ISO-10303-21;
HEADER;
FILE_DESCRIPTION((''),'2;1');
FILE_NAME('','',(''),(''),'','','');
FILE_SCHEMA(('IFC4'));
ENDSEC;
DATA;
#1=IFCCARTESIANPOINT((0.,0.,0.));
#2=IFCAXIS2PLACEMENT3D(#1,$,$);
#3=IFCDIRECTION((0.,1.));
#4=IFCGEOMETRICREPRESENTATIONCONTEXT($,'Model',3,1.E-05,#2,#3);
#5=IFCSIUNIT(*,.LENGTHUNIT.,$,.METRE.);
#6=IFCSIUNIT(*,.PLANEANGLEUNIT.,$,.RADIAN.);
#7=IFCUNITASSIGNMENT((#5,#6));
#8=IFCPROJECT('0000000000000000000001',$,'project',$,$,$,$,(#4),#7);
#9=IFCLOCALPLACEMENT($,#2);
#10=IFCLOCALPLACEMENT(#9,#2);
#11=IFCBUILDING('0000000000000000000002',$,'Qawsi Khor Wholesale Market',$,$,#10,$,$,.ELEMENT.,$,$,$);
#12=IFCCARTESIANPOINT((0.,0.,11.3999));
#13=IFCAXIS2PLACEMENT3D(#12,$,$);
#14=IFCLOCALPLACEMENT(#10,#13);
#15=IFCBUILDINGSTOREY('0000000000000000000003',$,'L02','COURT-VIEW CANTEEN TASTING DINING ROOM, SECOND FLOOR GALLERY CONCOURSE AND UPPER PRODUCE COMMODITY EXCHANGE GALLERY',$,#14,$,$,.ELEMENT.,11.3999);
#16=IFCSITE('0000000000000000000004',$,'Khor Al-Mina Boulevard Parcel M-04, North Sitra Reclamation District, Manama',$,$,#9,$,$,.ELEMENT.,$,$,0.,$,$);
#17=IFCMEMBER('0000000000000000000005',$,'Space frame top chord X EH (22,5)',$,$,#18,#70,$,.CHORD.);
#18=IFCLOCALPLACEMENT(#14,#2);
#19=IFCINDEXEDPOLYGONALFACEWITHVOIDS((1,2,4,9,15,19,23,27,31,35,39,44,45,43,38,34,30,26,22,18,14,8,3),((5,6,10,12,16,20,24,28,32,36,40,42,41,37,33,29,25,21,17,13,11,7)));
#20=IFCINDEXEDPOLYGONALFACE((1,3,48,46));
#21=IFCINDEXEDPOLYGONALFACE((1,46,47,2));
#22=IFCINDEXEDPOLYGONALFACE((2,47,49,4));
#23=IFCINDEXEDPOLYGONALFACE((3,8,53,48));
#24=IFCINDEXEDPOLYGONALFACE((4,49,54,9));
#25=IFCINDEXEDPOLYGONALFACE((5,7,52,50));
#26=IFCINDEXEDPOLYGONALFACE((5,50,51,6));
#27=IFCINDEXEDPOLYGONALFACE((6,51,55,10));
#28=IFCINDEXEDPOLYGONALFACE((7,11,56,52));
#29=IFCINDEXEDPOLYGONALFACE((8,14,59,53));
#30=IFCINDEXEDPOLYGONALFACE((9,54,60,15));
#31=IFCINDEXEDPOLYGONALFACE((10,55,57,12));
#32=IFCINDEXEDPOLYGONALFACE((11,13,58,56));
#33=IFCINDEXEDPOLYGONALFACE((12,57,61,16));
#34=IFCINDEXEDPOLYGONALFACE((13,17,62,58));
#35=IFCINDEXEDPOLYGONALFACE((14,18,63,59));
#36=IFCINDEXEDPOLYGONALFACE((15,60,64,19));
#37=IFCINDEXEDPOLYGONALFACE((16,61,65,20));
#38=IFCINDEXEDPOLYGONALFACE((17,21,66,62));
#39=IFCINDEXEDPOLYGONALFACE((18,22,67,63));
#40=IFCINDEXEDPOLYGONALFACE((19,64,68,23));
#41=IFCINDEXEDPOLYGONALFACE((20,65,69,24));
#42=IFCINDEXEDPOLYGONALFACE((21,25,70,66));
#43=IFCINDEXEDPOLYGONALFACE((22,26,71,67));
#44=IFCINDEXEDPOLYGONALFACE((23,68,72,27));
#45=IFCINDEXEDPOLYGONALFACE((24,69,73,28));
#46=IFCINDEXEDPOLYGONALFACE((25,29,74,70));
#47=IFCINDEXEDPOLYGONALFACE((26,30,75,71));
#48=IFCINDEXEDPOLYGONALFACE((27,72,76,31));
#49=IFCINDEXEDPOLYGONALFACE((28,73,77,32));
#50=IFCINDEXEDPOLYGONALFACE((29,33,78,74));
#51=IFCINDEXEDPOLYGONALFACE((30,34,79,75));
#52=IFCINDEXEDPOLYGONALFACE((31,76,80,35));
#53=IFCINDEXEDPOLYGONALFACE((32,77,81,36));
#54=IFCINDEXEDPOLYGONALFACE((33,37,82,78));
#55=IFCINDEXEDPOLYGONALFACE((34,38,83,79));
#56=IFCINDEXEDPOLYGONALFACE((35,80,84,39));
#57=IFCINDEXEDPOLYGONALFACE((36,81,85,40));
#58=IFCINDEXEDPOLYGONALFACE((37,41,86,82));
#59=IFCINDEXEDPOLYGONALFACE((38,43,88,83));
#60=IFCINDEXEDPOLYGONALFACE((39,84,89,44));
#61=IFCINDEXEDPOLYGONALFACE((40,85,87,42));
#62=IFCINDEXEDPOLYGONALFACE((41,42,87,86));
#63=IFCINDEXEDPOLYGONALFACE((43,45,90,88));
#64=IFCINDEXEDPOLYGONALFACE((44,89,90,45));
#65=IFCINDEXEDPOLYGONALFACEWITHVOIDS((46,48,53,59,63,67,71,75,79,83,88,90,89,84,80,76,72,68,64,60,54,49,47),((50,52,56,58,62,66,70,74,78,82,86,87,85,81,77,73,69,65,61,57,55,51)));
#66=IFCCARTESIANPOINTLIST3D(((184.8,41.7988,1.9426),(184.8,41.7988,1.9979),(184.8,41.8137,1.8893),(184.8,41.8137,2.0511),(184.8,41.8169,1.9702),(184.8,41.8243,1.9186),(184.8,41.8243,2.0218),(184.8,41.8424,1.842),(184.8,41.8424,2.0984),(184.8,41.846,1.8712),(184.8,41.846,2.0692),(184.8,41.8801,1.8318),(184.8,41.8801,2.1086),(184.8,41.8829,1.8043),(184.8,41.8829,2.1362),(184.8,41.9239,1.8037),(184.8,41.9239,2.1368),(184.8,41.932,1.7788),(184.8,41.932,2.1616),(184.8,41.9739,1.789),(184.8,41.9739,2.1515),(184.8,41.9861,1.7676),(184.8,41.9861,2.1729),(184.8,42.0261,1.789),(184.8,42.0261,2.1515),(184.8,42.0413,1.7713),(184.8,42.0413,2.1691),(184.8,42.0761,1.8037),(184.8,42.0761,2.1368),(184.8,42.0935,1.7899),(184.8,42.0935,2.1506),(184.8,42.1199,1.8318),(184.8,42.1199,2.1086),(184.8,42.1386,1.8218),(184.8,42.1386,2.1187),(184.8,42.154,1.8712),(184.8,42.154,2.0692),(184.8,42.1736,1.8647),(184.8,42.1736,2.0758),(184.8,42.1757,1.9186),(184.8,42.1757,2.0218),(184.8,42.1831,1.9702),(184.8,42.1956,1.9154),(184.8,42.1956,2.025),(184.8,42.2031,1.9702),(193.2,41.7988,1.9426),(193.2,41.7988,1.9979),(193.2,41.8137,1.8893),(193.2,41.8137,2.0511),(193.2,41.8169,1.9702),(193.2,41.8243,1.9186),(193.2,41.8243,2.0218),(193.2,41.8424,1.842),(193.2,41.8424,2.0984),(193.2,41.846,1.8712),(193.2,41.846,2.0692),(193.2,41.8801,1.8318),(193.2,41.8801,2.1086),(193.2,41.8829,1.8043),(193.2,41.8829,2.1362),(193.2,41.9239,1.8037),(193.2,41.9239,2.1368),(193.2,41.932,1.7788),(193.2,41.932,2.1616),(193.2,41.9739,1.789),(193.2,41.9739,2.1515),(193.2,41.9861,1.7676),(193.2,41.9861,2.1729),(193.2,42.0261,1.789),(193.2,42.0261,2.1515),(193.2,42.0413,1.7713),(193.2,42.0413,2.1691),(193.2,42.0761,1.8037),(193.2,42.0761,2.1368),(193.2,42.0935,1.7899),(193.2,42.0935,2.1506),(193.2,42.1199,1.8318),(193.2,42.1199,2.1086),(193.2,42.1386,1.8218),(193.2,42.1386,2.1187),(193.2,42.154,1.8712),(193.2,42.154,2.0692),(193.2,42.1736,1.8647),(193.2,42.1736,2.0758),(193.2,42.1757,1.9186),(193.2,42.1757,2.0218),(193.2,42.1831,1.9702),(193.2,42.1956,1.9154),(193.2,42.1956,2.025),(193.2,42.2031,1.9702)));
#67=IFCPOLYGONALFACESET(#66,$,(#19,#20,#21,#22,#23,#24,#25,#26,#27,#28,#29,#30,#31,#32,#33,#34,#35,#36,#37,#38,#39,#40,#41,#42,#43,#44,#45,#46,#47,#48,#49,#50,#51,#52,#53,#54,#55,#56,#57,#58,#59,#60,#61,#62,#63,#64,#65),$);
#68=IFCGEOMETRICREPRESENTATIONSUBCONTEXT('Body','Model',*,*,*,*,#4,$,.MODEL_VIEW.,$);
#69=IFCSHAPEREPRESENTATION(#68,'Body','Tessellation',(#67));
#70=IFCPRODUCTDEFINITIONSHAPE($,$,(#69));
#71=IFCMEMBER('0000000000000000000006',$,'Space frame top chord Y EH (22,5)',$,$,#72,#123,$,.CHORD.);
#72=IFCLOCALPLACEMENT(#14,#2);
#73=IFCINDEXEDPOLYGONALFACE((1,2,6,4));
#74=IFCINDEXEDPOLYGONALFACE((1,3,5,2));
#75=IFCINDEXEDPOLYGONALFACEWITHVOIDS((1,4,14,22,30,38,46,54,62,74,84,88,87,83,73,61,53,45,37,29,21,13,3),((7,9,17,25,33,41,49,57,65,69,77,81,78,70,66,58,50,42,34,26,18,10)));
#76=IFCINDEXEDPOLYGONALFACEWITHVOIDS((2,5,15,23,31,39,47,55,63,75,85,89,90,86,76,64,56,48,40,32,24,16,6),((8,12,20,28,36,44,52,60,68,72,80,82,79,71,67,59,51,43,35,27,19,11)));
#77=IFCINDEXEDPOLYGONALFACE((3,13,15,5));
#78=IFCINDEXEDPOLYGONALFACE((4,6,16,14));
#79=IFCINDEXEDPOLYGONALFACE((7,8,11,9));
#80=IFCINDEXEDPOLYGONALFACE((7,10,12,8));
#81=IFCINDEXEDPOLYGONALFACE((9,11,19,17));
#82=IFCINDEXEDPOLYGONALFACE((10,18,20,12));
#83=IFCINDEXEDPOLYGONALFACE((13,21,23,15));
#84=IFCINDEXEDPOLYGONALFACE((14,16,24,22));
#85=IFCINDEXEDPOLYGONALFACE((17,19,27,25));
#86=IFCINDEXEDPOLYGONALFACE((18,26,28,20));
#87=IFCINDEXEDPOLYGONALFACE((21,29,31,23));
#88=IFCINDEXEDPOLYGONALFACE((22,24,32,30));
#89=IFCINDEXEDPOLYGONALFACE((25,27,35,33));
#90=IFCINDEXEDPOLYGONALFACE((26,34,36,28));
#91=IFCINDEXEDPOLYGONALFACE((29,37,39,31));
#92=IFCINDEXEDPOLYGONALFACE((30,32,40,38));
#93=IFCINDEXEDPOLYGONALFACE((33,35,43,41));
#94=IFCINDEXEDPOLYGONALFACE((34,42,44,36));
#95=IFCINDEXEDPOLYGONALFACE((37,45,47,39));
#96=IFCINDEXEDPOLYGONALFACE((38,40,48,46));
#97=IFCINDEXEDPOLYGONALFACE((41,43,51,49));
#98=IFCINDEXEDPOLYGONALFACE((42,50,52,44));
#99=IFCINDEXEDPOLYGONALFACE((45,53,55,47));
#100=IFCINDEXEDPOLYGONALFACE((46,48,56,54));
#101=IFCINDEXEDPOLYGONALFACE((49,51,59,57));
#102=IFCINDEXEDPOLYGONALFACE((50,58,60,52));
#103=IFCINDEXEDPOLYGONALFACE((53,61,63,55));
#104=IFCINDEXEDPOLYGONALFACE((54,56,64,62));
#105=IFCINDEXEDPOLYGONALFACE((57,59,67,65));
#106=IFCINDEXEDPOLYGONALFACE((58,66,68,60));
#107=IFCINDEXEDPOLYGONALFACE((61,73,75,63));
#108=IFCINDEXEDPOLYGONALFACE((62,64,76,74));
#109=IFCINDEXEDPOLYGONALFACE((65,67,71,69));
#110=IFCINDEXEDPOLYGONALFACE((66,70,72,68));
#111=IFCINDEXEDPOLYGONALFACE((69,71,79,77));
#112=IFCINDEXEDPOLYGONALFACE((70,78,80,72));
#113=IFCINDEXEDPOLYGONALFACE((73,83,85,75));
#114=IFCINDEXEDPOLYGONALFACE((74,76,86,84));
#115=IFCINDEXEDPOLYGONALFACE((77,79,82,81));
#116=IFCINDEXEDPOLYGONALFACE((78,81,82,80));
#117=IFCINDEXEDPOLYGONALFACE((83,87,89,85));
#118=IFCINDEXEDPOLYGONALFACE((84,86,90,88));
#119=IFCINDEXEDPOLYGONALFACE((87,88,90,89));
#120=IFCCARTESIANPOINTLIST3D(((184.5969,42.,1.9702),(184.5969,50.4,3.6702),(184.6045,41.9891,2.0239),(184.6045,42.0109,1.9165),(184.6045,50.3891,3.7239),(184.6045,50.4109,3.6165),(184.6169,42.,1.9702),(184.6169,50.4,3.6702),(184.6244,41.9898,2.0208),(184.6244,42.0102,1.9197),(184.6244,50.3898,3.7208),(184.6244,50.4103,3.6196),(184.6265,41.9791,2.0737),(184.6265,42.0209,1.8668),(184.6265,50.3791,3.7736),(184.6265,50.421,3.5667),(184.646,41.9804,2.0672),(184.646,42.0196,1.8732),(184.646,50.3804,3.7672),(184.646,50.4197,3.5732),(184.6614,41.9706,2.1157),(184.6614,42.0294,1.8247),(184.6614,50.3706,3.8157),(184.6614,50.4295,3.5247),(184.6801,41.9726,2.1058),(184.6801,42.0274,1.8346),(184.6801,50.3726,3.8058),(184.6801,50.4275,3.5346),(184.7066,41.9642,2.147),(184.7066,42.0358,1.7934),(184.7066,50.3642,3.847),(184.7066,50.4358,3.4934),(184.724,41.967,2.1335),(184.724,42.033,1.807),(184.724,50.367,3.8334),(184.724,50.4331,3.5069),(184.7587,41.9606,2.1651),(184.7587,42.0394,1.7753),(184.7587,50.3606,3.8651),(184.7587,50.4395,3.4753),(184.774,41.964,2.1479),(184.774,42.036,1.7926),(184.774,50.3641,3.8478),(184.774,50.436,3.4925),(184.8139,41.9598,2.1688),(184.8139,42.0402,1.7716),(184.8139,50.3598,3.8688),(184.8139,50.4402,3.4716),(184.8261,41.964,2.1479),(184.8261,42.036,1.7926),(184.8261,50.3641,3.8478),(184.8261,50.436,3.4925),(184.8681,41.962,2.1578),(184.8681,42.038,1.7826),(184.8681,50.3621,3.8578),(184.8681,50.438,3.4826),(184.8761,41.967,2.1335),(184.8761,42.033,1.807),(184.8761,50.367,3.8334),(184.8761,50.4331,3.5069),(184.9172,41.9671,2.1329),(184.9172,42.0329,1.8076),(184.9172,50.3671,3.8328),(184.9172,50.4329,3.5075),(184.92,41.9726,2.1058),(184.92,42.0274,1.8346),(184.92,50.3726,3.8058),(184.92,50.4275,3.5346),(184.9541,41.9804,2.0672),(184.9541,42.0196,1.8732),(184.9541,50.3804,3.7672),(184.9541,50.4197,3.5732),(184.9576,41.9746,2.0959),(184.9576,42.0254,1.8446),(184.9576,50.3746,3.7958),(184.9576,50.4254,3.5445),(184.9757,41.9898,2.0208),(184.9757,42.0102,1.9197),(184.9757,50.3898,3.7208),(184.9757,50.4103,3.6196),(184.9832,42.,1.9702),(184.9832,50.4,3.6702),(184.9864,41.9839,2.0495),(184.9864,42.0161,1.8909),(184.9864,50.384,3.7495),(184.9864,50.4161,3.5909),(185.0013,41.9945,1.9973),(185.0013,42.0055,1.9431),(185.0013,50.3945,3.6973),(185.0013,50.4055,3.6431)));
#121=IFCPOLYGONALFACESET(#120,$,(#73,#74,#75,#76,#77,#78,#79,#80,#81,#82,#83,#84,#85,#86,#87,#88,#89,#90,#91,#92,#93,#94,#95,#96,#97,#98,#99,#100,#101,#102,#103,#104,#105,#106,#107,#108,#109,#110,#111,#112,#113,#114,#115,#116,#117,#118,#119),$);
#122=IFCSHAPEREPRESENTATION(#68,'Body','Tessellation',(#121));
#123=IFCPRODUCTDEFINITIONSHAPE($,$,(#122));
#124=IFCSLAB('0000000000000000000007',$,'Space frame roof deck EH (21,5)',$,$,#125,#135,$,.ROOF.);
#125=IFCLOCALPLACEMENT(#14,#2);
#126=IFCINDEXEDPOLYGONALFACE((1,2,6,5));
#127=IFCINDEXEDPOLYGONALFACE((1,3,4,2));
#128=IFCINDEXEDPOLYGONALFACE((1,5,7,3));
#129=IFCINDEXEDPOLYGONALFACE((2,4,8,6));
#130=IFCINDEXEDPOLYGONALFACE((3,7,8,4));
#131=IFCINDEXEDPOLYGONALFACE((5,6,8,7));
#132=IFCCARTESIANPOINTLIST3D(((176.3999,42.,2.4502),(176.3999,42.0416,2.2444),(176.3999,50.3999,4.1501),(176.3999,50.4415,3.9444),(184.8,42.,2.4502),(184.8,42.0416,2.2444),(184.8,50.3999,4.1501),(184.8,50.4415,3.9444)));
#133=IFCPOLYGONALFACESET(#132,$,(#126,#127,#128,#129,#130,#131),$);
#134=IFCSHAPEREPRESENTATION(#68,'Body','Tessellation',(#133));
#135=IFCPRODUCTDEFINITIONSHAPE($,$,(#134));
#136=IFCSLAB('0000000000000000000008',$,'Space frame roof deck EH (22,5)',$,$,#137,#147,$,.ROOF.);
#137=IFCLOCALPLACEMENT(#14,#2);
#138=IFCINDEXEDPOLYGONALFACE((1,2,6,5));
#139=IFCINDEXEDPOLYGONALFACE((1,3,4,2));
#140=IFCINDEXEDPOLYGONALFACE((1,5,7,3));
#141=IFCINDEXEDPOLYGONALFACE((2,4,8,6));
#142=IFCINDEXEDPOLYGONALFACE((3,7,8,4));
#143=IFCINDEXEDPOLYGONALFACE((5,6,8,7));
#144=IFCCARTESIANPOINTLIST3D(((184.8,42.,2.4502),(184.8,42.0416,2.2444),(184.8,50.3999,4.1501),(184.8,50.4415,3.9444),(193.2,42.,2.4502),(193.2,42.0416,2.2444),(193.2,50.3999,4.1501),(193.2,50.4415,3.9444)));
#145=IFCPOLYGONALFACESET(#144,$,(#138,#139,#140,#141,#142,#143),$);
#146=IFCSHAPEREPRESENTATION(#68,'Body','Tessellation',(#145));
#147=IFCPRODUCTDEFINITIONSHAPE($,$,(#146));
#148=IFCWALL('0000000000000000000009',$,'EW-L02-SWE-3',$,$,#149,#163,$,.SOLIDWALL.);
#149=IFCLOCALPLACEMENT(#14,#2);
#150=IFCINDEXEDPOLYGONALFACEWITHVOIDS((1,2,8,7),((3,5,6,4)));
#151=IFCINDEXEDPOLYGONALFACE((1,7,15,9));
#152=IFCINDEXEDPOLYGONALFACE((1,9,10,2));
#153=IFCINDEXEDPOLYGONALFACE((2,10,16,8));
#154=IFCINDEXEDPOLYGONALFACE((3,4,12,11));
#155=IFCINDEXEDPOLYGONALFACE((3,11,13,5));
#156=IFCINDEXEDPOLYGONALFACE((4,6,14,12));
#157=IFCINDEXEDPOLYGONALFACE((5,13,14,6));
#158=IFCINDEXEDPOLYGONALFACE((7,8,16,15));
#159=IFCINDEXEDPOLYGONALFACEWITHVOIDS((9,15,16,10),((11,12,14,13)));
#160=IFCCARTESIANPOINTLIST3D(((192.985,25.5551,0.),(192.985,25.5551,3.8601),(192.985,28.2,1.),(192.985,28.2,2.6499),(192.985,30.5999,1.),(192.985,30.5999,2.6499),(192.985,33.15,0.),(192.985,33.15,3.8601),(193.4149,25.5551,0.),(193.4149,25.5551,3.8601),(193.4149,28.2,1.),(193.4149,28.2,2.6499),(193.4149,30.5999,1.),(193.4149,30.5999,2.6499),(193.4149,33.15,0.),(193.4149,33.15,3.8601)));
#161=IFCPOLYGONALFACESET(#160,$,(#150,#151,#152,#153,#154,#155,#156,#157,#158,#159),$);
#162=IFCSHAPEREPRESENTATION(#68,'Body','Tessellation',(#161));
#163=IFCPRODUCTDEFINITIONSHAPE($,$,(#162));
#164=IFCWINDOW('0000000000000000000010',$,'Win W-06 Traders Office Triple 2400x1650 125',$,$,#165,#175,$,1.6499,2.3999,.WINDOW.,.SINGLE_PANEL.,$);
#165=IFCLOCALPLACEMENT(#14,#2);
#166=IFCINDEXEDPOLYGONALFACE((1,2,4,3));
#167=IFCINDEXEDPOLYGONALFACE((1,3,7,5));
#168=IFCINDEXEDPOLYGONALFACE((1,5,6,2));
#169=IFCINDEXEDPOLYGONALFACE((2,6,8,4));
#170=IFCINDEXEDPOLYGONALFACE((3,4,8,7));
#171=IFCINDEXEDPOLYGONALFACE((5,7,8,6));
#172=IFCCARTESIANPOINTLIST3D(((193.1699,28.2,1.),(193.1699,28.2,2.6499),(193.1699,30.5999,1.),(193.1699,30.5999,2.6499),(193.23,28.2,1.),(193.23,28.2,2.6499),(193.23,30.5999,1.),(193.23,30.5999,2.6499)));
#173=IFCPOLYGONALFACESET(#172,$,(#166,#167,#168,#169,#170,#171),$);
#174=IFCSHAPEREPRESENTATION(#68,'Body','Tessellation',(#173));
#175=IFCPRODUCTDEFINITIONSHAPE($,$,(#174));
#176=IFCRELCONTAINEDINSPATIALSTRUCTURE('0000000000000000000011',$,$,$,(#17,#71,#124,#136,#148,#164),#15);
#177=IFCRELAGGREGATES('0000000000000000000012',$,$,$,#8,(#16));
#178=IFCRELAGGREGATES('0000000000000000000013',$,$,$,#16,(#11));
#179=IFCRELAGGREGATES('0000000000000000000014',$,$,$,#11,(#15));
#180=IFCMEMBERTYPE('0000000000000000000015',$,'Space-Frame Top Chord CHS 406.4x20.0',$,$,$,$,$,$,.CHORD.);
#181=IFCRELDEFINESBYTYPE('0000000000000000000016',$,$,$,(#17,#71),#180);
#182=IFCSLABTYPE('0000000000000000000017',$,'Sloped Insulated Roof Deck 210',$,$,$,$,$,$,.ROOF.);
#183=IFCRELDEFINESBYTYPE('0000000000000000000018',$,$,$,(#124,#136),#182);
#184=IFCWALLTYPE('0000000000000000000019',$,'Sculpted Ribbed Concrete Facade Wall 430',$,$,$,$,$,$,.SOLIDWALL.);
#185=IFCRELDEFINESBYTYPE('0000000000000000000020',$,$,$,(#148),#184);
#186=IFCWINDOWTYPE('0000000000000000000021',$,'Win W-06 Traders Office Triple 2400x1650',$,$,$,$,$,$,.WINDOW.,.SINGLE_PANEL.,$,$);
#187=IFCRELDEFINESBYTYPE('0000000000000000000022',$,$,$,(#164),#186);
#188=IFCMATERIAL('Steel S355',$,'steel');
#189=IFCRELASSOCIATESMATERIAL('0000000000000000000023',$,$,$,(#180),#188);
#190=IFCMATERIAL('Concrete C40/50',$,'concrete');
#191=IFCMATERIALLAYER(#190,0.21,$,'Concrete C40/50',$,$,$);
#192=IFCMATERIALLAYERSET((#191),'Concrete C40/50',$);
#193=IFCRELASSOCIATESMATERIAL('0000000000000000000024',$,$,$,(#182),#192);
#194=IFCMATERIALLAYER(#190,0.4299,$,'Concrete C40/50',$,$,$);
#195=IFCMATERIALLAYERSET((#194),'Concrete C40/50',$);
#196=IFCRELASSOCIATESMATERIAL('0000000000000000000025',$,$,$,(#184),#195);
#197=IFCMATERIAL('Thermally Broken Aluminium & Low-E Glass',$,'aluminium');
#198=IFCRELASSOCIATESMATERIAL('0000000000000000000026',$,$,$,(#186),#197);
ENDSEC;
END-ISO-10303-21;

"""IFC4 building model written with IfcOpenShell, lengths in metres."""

from ifc_helpers import new_model, si_unit, direction, frame, frame_2d, origin, origin_2d, place, context, subcontext, project, spatial, polyline, rectangle, hollow_circle, outline, extrude, material, layer, layer_set, material_profile, profile_set, type_object, element, fill, save


model = new_model("IFC4")

# Units and contexts
model_context = context("Model", 3, precision=1e-05, world=origin(), true_north=direction((0.0, 1.0)))
body_context = subcontext(model_context, "Body", "Model", "MODEL_VIEW")
ifc_project = project(units=[si_unit("LENGTHUNIT", "METRE"), si_unit("PLANEANGLEUNIT", "RADIAN")], contexts=[model_context])

# Site, building, storey
site_placement = place(None, origin())
site = spatial("IfcSite", under=ifc_project, at=site_placement, Name="Khor Al-Mina Boulevard Parcel M-04, North Sitra Reclamation District, Manama", CompositionType="ELEMENT", RefElevation=0.0)
building_placement = place(site_placement, origin())
building = spatial("IfcBuilding", under=site, at=building_placement, Name="Qawsi Khor Wholesale Market", CompositionType="ELEMENT")
storey_placement = place(building_placement, frame((0.0, 0.0, 11.3999)))
storey = spatial("IfcBuildingStorey", under=building, at=storey_placement, Name="L02", Description="COURT-VIEW CANTEEN TASTING DINING ROOM, SECOND FLOOR GALLERY CONCOURSE AND UPPER PRODUCE COMMODITY EXCHANGE GALLERY", CompositionType="ELEMENT", Elevation=11.3999)

# Shared definitions
ifc_material_1 = material(Name="Concrete C40/50", Category="concrete")

# Members
ifc_material_2 = material(Name="Steel S355", Category="steel")
ifc_material_profile_1 = material_profile(ifc_material_2, hollow_circle(Radius=0.2031, WallThickness=0.02, at=origin_2d()), Name="CHS 406.4x20.0")
ifc_profile_set_1 = profile_set([ifc_material_profile_1], Name="Steel S355")
member_type_1 = type_object("IfcMemberType", Name="Space-Frame Top Chord CHS 406.4x20.0", PredefinedType="CHORD", material=ifc_profile_set_1)
member_1_placement = place(storey_placement, frame((184.8, 42.0, 1.9702), z_axis=(1.0, 0.0, 0.0), x_axis=(0.0, 1.0, 0.0)))
element("IfcMember", 1, at=member_1_placement, inside=storey, type_object=member_type_1, Name="Space frame top chord X EH (22,5)", PredefinedType="CHORD", context=body_context, shape_type="SweptSolid", body=[
    extrude(hollow_circle(Radius=0.2031, WallThickness=0.02, at=origin_2d()), origin(), (0.0, 0.0, 1.0), 8.3999),
])
member_2_placement = place(storey_placement, frame((184.8, 42.0, 1.9702), z_axis=(0.0, 0.98013, 0.198356), x_axis=(-1.0, 0.0, 0.0)))
element("IfcMember", 2, at=member_2_placement, inside=storey, type_object=member_type_1, Name="Space frame top chord Y EH (22,5)", PredefinedType="CHORD", context=body_context, shape_type="SweptSolid", body=[
    extrude(hollow_circle(Radius=0.2031, WallThickness=0.02, at=origin_2d()), origin(), (0.0, 0.0, 1.0), 8.5703),
])

# Slabs
ifc_layer_1 = layer(ifc_material_1, 0.21, Name="Concrete C40/50")
ifc_layer_set_1 = layer_set([ifc_layer_1], Name="Concrete C40/50")
slab_type = type_object("IfcSlabType", Name="Sloped Insulated Roof Deck 210", PredefinedType="ROOF", material=ifc_layer_set_1)
slab_1_placement = place(storey_placement, frame((176.3999, 42.0, 2.4502), z_axis=(0.0, -0.198356, 0.98013), x_axis=(1.0, 0.0, 0.0)))
element("IfcSlab", 3, at=slab_1_placement, inside=storey, type_object=slab_type, Name="Space frame roof deck EH (21,5)", PredefinedType="ROOF", context=body_context, shape_type="SweptSolid", body=[
    extrude(outline(polyline([(0.0, 0.0), (8.4001, 0.0), (8.4001, 8.5702), (0.0, 8.5702), (0.0, 0.0)])), origin(), (0.0, 0.0, -1.0), 0.21),
])
slab_2_placement = place(storey_placement, frame((184.8, 42.0, 2.4502), z_axis=(0.0, -0.198356, 0.98013), x_axis=(1.0, 0.0, 0.0)))
element("IfcSlab", 4, at=slab_2_placement, inside=storey, type_object=slab_type, Name="Space frame roof deck EH (22,5)", PredefinedType="ROOF", context=body_context, shape_type="SweptSolid", body=[
    extrude(outline(polyline([(0.0, 0.0), (8.3999, 0.0), (8.3999, 8.5702), (0.0, 8.5702), (0.0, 0.0)])), origin(), (0.0, 0.0, -1.0), 0.21),
])

# Wall, opening, window
ifc_layer_2 = layer(ifc_material_1, 0.4299, Name="Concrete C40/50")
ifc_layer_set_2 = layer_set([ifc_layer_2], Name="Concrete C40/50")
wall_type = type_object("IfcWallType", Name="Sculpted Ribbed Concrete Facade Wall 430", PredefinedType="SOLIDWALL", material=ifc_layer_set_2)
wall_1_placement = place(storey_placement, frame((193.2, 33.1499, 0.0), z_axis=(0.0, 0.0, 1.0), x_axis=(0.0, -1.0, 0.0)))
wall_1 = element("IfcWall", 5, at=wall_1_placement, inside=storey, type_object=wall_type, Name="EW-L02-SWE-3", PredefinedType="SOLIDWALL", context=body_context, shape_type="SweptSolid", body=[
    extrude(rectangle(XDim=7.595, YDim=0.4299, at=frame_2d((3.7974, 0.0))), origin(), (0.0, 0.0, 1.0), 3.8601),
])
opening_1_placement = place(wall_1_placement, frame((2.55, 0.0, 1.0)))
opening_1 = element("IfcOpeningElement", 6, at=opening_1_placement, cuts=wall_1, PredefinedType="OPENING", context=body_context, shape_type="SweptSolid", body=[
    extrude(rectangle(XDim=2.3999, YDim=1.6499, at=frame_2d((1.2, 0.825))), frame((0.0, 0.2249, 0.0), z_axis=(0.0, -1.0, 0.0), x_axis=(1.0, 0.0, 0.0)), (0.0, 0.0, 1.0), 0.45),
])
ifc_material_3 = material(Name="Thermally Broken Aluminium & Low-E Glass", Category="aluminium")
window_type_1 = type_object("IfcWindowType", Name="Win W-06 Traders Office Triple 2400x1650", PartitioningType="SINGLE_PANEL", PredefinedType="WINDOW", material=ifc_material_3)
window_1_placement = place(opening_1_placement, origin())
window_1 = element("IfcWindow", 7, at=window_1_placement, inside=storey, type_object=window_type_1, Name="Win W-06 Traders Office Triple 2400x1650 125", OverallHeight=1.6499, OverallWidth=2.3999, PartitioningType="SINGLE_PANEL", PredefinedType="WINDOW", context=body_context, shape_type="SweptSolid", body=[
    extrude(rectangle(XDim=2.3999, YDim=1.6499, at=frame_2d((1.2, 0.825))), frame((0.0, 0.03, 0.0), z_axis=(0.0, -1.0, 0.0), x_axis=(1.0, 0.0, 0.0)), (0.0, 0.0, 1.0), 0.0601),
])
fill(opening_1, window_1)

save(model, "model.ifc")
